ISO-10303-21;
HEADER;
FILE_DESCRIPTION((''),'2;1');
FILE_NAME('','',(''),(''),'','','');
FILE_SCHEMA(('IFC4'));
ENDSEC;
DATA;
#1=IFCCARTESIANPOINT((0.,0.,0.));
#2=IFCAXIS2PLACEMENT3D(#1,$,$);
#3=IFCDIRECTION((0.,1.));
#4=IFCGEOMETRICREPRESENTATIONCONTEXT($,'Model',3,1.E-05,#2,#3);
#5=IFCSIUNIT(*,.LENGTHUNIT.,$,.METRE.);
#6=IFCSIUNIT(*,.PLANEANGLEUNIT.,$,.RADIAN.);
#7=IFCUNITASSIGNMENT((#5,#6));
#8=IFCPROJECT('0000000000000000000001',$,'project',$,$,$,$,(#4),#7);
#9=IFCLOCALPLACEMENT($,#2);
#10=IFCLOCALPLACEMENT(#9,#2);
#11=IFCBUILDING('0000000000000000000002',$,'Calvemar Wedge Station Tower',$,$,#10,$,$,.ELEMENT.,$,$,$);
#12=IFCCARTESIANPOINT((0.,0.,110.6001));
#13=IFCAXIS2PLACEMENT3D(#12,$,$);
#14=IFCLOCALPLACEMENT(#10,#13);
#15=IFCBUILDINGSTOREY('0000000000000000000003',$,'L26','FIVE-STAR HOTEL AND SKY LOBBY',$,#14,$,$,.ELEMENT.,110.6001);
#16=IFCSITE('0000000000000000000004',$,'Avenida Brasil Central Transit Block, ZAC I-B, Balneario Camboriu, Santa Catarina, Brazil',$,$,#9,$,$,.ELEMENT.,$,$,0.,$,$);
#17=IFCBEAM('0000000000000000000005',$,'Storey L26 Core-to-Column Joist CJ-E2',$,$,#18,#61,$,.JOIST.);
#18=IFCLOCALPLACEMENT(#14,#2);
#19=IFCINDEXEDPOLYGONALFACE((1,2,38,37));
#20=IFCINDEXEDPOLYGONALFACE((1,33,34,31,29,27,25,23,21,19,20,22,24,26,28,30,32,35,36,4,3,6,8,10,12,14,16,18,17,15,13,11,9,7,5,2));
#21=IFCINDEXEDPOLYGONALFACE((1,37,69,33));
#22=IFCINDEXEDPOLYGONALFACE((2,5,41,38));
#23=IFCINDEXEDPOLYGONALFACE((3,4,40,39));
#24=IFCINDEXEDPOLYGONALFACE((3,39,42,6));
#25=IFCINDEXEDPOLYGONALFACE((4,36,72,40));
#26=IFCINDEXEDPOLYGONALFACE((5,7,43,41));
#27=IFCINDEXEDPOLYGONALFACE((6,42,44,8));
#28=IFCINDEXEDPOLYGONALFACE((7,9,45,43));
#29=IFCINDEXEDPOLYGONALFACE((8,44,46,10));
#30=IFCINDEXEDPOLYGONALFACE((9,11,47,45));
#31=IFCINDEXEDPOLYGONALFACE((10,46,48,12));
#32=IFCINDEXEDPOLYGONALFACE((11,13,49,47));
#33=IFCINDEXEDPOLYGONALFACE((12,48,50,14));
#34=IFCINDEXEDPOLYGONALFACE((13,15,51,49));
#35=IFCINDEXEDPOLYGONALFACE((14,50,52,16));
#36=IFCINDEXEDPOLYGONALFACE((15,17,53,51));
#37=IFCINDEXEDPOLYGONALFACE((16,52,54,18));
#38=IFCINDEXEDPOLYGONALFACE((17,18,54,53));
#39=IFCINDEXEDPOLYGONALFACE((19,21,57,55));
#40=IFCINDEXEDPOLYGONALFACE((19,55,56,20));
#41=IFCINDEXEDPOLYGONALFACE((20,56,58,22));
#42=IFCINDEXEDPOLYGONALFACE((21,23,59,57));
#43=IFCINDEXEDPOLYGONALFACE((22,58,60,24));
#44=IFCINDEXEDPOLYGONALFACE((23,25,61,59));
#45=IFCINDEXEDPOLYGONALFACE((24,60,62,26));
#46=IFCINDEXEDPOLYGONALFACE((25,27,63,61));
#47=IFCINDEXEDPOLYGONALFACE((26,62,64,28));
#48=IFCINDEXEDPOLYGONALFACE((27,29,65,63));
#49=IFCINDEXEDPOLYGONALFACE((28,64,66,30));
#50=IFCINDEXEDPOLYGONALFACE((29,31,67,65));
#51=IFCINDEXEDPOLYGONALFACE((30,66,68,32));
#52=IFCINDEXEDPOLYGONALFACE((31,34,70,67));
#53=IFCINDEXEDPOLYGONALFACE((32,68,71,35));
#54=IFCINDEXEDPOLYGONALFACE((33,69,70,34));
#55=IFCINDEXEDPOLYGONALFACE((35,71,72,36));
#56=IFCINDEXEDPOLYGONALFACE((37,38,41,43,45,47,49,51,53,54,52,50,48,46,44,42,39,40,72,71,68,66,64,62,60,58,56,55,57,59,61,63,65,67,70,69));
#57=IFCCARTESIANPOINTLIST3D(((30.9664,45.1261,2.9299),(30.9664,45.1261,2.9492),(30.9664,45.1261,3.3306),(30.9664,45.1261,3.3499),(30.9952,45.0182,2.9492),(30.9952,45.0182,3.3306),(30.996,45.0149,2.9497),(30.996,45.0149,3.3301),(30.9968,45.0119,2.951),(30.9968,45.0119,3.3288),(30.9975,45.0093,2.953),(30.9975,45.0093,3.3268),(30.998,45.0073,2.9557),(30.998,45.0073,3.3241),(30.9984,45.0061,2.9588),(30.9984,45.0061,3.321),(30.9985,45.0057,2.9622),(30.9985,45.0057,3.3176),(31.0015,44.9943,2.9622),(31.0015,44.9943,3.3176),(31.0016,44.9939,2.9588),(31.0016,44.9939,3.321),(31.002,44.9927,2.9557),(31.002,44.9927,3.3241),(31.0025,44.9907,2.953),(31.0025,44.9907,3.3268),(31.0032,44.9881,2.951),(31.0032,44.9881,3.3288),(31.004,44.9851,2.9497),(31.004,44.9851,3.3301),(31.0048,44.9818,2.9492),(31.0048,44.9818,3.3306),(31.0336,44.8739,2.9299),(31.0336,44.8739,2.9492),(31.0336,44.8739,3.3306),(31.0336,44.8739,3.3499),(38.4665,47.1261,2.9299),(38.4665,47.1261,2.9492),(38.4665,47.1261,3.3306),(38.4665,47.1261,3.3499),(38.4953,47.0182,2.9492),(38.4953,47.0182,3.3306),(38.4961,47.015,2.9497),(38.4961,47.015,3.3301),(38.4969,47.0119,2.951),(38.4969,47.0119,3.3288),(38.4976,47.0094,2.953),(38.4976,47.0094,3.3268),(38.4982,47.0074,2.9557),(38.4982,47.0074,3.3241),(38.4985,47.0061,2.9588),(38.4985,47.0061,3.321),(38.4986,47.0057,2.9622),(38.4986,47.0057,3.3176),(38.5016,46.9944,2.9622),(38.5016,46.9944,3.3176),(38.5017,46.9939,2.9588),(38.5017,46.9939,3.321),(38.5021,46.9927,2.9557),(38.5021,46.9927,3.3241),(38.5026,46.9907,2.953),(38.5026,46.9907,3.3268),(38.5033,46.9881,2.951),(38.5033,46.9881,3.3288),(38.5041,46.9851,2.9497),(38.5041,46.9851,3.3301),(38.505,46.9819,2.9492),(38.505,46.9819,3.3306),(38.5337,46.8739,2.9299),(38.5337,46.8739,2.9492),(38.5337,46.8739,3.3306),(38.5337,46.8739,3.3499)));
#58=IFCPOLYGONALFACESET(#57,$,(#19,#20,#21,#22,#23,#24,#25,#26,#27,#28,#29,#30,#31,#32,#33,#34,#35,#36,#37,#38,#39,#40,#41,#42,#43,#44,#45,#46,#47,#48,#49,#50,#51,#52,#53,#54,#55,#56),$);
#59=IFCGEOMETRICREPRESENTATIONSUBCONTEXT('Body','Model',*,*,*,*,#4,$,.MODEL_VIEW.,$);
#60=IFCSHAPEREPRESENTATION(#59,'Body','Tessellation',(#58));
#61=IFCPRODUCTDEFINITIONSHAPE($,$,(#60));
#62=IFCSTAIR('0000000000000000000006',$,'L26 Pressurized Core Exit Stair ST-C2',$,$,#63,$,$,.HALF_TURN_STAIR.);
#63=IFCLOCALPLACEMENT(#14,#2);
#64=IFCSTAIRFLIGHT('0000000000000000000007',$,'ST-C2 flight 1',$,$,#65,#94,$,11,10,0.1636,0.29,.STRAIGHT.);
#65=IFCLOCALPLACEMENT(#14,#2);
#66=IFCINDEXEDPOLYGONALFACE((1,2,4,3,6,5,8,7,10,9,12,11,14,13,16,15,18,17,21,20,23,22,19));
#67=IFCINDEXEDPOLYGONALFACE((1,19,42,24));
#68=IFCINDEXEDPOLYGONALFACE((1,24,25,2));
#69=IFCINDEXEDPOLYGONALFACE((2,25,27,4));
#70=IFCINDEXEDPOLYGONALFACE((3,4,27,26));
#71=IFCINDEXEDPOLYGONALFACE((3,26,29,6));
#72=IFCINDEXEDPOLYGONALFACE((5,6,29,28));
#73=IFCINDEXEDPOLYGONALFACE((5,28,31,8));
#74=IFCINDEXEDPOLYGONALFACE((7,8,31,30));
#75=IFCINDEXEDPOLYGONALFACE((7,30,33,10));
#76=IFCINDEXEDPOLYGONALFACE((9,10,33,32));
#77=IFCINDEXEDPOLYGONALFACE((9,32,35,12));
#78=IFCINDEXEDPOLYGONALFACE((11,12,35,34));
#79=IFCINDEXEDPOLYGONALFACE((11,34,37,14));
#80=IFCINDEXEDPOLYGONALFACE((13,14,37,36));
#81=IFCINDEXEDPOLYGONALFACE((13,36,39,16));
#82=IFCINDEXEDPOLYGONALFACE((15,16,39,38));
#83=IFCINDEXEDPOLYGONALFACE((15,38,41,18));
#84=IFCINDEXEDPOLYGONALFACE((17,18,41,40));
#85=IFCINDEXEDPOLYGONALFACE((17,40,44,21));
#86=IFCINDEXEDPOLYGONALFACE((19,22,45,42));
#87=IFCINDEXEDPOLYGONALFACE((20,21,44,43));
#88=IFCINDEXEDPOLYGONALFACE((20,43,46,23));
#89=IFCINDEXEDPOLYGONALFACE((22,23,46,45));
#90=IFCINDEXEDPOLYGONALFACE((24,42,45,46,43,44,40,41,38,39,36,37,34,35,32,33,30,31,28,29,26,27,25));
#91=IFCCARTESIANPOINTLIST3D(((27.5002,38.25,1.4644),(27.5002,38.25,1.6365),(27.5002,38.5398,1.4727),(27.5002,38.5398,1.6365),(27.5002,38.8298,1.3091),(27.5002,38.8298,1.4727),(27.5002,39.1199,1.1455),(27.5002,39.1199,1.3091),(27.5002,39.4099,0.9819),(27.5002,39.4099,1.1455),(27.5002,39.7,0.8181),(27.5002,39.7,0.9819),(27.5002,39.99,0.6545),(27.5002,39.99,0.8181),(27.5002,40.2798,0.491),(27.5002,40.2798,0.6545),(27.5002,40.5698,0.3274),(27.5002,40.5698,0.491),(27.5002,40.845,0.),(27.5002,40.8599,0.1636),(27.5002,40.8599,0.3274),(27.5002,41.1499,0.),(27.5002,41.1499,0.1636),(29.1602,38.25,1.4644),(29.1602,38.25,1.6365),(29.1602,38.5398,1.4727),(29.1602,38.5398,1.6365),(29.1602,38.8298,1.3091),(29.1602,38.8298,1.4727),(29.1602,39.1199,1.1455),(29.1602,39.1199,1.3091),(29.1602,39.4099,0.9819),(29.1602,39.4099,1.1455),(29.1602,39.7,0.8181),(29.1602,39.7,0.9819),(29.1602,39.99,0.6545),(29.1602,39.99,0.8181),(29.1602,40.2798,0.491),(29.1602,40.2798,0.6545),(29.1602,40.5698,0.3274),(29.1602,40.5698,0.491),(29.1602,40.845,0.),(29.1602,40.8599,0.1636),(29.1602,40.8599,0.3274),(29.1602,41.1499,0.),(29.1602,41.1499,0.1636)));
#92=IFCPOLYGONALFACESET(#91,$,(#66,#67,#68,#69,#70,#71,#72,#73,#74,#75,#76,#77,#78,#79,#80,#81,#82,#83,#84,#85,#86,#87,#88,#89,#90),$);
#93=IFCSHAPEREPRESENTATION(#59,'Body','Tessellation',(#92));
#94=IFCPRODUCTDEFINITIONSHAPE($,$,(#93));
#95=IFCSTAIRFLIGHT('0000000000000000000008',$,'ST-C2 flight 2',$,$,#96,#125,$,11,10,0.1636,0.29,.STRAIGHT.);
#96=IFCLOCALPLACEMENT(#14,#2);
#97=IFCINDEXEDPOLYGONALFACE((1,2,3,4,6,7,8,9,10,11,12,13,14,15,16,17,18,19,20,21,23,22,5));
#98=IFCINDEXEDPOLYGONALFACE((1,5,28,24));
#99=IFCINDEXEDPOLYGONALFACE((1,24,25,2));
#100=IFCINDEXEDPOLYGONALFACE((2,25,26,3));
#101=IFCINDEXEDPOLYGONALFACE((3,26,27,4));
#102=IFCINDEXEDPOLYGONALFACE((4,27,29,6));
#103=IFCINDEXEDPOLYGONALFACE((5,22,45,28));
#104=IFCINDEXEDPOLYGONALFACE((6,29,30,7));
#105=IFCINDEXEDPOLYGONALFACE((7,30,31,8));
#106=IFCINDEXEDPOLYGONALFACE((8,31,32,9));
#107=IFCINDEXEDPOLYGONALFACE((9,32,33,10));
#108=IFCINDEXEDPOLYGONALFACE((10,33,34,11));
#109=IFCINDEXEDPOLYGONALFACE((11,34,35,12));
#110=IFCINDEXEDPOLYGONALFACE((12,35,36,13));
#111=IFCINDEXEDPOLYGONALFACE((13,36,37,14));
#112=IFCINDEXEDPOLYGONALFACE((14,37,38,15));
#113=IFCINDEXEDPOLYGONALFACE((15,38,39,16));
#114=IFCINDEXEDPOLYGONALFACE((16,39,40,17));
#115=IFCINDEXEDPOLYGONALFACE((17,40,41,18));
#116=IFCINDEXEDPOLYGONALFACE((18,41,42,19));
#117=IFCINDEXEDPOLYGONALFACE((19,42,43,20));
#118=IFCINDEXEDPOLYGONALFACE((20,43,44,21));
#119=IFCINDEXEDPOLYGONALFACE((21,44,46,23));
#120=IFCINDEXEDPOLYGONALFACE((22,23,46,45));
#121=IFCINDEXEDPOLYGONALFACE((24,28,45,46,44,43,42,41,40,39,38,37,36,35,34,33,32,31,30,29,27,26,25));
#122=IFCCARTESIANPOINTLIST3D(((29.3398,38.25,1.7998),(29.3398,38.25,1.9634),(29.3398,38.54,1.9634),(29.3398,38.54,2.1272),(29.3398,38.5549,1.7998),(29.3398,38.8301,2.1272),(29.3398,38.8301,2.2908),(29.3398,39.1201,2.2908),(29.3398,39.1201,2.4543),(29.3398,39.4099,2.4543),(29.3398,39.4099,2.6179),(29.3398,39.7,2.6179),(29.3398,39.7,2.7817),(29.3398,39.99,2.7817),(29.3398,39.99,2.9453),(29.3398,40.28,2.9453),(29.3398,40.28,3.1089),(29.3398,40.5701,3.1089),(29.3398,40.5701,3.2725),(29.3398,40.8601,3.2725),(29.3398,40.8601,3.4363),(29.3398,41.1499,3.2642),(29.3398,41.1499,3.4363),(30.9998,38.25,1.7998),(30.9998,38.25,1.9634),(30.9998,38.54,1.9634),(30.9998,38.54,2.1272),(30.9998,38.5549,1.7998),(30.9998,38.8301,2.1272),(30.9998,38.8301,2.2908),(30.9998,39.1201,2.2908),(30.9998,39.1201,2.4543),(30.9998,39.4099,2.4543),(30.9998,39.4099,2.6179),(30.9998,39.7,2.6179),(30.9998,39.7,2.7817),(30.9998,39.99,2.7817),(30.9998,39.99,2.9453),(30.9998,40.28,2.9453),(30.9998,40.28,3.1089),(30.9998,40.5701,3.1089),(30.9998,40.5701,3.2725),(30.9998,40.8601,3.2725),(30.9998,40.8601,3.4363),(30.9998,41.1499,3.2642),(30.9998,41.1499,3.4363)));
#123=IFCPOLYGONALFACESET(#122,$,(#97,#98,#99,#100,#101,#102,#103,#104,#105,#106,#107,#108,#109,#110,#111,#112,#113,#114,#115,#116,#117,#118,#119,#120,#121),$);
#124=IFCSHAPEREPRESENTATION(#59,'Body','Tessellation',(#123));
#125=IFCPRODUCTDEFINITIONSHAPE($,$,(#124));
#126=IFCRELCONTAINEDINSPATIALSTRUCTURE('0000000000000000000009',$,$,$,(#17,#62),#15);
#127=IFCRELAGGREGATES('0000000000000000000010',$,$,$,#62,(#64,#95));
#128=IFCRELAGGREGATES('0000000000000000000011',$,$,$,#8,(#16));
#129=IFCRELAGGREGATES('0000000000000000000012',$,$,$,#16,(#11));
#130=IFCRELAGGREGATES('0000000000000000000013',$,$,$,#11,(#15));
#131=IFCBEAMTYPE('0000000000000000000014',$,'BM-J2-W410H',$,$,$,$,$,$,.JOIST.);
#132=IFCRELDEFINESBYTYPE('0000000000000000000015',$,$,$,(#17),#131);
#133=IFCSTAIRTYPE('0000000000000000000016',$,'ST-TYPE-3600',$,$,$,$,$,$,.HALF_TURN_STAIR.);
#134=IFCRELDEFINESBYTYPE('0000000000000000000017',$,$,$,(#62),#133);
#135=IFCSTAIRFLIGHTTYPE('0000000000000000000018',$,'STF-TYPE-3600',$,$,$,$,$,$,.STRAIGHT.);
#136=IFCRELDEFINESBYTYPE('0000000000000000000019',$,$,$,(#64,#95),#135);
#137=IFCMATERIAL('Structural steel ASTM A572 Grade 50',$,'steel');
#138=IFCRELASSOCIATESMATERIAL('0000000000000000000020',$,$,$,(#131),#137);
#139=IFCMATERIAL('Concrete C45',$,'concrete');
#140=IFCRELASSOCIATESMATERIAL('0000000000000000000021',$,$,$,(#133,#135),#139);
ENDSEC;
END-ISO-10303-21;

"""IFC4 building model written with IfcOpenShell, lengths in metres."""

from ifc_helpers import new_model, si_unit, direction, frame, origin, origin_2d, place, context, subcontext, project, spatial, polyline, i_section, outline, extrude, source, transform, mapped, material, material_profile, profile_set, type_object, element, aggregate, save


model = new_model("IFC4")

# Units and contexts
model_context = context("Model", 3, precision=1e-05, world=origin(), true_north=direction((0.0, 1.0)))
body_context = subcontext(model_context, "Body", "Model", "MODEL_VIEW")
ifc_project = project(units=[si_unit("LENGTHUNIT", "METRE"), si_unit("PLANEANGLEUNIT", "RADIAN")], contexts=[model_context])

# Site, building, storey
site_placement = place(None, origin())
site = spatial("IfcSite", under=ifc_project, at=site_placement, Name="Avenida Brasil Central Transit Block, ZAC I-B, Balneario Camboriu, Santa Catarina, Brazil", CompositionType="ELEMENT", RefElevation=0.0)
building_placement = place(site_placement, origin())
building = spatial("IfcBuilding", under=site, at=building_placement, Name="Calvemar Wedge Station Tower", CompositionType="ELEMENT")
storey_placement = place(building_placement, frame((0.0, 0.0, 110.6001)))
storey = spatial("IfcBuildingStorey", under=building, at=storey_placement, Name="L26", Description="FIVE-STAR HOTEL AND SKY LOBBY", CompositionType="ELEMENT", Elevation=110.6001)

# Shared definitions
ifc_material_1 = material(Name="Structural steel ASTM A572 Grade 50", Category="steel")

# Beam
ifc_material_profile_1 = material_profile(ifc_material_1, i_section(OverallWidth=0.261, OverallDepth=0.4199, WebThickness=0.0117, FlangeThickness=0.0193, FilletRadius=0.0129, at=origin_2d()), Name="W410x114")
ifc_profile_set_1 = profile_set([ifc_material_profile_1], Name="Structural steel ASTM A572 Grade 50")
beam_type_1 = type_object("IfcBeamType", Name="BM-J2-W410H", PredefinedType="JOIST", material=ifc_profile_set_1)
shared_shape_1 = source(origin(), body_context, "Body", "SweptSolid", [
    extrude(i_section(OverallWidth=0.261, OverallDepth=0.4199, WebThickness=0.0117, FlangeThickness=0.0193, FilletRadius=0.0129, at=origin_2d()), origin(), (0.0, 0.0, 1.0), 7.7622),
])
beam_1_placement = place(storey_placement, frame((31.0, 45.0, 3.1399), z_axis=(0.966235, 0.257663, 0.0), x_axis=(-0.257663, 0.966235, 0.0)))
element("IfcBeam", 1, at=beam_1_placement, inside=storey, type_object=beam_type_1, Name="Storey L26 Core-to-Column Joist CJ-E2", PredefinedType="JOIST", context=body_context, shape_type="MappedRepresentation", body=[
    mapped(shared_shape_1, transform((0.0, 0.0, 0.0), scale=1.0)),
])

# Stair, stair flights
ifc_material_2 = material(Name="Concrete C45", Category="concrete")
stair_type = type_object("IfcStairType", Name="ST-TYPE-3600", PredefinedType="HALF_TURN_STAIR", material=ifc_material_2)
stair_placement = place(storey_placement, origin())
stair = element("IfcStair", 2, at=stair_placement, inside=storey, type_object=stair_type, Name="L26 Pressurized Core Exit Stair ST-C2", PredefinedType="HALF_TURN_STAIR")
stair_flight_type = type_object("IfcStairFlightType", Name="STF-TYPE-3600", PredefinedType="STRAIGHT", material=ifc_material_2)
stair_flight_1_placement = place(storey_placement, frame((28.3301, 41.1499, 0.0), z_axis=(0.0, 0.0, 1.0), x_axis=(0.0, -1.0, 0.0)))
stair_flight_1 = element("IfcStairFlight", 3, at=stair_flight_1_placement, type_object=stair_flight_type, Name="ST-C2 flight 1", NumberOfRisers=11, NumberOfTreads=10, PredefinedType="STRAIGHT", RiserHeight=0.1636, TreadLength=0.29, context=body_context, shape_type="SweptSolid", body=[
    extrude(outline(polyline([(0.0, 0.0), (0.0, 0.1636), (0.29, 0.1636), (0.29, 0.3274), (0.5801, 0.3274), (0.5801, 0.491), (0.8701, 0.491), (0.8701, 0.6545), (1.1599, 0.6545), (1.1599, 0.8181), (1.45, 0.8181), (1.45, 0.9819), (1.74, 0.9819), (1.74, 1.1455), (2.03, 1.1455), (2.03, 1.3091), (2.3201, 1.3091), (2.3201, 1.4727), (2.6101, 1.4727), (2.6101, 1.6365), (2.8999, 1.6365), (2.8999, 1.8), (2.8999, 1.4644), (0.3049, 0.0), (0.0, 0.0)])), frame((0.0, 0.8301, 0.0), z_axis=(0.0, -1.0, 0.0), x_axis=(1.0, 0.0, 0.0)), (0.0, 0.0, 1.0), 1.6599),
])
stair_flight_2_placement = place(storey_placement, frame((30.1699, 38.25, 1.7998), z_axis=(0.0, 0.0, 1.0), x_axis=(0.0, 1.0, 0.0)))
stair_flight_2 = element("IfcStairFlight", 4, at=stair_flight_2_placement, type_object=stair_flight_type, Name="ST-C2 flight 2", NumberOfRisers=11, NumberOfTreads=10, PredefinedType="STRAIGHT", RiserHeight=0.1636, TreadLength=0.29, context=body_context, shape_type="SweptSolid", body=[
    extrude(outline(polyline([(0.0, 0.0), (0.0, 0.1636), (0.29, 0.1636), (0.29, 0.3274), (0.5801, 0.3274), (0.5801, 0.491), (0.8701, 0.491), (0.8701, 0.6545), (1.1599, 0.6545), (1.1599, 0.8181), (1.45, 0.8181), (1.45, 0.9819), (1.74, 0.9819), (1.74, 1.1455), (2.03, 1.1455), (2.03, 1.3091), (2.3201, 1.3091), (2.3201, 1.4727), (2.6101, 1.4727), (2.6101, 1.6365), (2.8999, 1.6365), (2.8999, 1.8), (2.8999, 1.4644), (0.3049, 0.0), (0.0, 0.0)])), frame((0.0, 0.8301, 0.0), z_axis=(0.0, -1.0, 0.0), x_axis=(1.0, 0.0, 0.0)), (0.0, 0.0, 1.0), 1.6599),
])
aggregate(stair, [stair_flight_1, stair_flight_2])

save(model, "model.ifc")
